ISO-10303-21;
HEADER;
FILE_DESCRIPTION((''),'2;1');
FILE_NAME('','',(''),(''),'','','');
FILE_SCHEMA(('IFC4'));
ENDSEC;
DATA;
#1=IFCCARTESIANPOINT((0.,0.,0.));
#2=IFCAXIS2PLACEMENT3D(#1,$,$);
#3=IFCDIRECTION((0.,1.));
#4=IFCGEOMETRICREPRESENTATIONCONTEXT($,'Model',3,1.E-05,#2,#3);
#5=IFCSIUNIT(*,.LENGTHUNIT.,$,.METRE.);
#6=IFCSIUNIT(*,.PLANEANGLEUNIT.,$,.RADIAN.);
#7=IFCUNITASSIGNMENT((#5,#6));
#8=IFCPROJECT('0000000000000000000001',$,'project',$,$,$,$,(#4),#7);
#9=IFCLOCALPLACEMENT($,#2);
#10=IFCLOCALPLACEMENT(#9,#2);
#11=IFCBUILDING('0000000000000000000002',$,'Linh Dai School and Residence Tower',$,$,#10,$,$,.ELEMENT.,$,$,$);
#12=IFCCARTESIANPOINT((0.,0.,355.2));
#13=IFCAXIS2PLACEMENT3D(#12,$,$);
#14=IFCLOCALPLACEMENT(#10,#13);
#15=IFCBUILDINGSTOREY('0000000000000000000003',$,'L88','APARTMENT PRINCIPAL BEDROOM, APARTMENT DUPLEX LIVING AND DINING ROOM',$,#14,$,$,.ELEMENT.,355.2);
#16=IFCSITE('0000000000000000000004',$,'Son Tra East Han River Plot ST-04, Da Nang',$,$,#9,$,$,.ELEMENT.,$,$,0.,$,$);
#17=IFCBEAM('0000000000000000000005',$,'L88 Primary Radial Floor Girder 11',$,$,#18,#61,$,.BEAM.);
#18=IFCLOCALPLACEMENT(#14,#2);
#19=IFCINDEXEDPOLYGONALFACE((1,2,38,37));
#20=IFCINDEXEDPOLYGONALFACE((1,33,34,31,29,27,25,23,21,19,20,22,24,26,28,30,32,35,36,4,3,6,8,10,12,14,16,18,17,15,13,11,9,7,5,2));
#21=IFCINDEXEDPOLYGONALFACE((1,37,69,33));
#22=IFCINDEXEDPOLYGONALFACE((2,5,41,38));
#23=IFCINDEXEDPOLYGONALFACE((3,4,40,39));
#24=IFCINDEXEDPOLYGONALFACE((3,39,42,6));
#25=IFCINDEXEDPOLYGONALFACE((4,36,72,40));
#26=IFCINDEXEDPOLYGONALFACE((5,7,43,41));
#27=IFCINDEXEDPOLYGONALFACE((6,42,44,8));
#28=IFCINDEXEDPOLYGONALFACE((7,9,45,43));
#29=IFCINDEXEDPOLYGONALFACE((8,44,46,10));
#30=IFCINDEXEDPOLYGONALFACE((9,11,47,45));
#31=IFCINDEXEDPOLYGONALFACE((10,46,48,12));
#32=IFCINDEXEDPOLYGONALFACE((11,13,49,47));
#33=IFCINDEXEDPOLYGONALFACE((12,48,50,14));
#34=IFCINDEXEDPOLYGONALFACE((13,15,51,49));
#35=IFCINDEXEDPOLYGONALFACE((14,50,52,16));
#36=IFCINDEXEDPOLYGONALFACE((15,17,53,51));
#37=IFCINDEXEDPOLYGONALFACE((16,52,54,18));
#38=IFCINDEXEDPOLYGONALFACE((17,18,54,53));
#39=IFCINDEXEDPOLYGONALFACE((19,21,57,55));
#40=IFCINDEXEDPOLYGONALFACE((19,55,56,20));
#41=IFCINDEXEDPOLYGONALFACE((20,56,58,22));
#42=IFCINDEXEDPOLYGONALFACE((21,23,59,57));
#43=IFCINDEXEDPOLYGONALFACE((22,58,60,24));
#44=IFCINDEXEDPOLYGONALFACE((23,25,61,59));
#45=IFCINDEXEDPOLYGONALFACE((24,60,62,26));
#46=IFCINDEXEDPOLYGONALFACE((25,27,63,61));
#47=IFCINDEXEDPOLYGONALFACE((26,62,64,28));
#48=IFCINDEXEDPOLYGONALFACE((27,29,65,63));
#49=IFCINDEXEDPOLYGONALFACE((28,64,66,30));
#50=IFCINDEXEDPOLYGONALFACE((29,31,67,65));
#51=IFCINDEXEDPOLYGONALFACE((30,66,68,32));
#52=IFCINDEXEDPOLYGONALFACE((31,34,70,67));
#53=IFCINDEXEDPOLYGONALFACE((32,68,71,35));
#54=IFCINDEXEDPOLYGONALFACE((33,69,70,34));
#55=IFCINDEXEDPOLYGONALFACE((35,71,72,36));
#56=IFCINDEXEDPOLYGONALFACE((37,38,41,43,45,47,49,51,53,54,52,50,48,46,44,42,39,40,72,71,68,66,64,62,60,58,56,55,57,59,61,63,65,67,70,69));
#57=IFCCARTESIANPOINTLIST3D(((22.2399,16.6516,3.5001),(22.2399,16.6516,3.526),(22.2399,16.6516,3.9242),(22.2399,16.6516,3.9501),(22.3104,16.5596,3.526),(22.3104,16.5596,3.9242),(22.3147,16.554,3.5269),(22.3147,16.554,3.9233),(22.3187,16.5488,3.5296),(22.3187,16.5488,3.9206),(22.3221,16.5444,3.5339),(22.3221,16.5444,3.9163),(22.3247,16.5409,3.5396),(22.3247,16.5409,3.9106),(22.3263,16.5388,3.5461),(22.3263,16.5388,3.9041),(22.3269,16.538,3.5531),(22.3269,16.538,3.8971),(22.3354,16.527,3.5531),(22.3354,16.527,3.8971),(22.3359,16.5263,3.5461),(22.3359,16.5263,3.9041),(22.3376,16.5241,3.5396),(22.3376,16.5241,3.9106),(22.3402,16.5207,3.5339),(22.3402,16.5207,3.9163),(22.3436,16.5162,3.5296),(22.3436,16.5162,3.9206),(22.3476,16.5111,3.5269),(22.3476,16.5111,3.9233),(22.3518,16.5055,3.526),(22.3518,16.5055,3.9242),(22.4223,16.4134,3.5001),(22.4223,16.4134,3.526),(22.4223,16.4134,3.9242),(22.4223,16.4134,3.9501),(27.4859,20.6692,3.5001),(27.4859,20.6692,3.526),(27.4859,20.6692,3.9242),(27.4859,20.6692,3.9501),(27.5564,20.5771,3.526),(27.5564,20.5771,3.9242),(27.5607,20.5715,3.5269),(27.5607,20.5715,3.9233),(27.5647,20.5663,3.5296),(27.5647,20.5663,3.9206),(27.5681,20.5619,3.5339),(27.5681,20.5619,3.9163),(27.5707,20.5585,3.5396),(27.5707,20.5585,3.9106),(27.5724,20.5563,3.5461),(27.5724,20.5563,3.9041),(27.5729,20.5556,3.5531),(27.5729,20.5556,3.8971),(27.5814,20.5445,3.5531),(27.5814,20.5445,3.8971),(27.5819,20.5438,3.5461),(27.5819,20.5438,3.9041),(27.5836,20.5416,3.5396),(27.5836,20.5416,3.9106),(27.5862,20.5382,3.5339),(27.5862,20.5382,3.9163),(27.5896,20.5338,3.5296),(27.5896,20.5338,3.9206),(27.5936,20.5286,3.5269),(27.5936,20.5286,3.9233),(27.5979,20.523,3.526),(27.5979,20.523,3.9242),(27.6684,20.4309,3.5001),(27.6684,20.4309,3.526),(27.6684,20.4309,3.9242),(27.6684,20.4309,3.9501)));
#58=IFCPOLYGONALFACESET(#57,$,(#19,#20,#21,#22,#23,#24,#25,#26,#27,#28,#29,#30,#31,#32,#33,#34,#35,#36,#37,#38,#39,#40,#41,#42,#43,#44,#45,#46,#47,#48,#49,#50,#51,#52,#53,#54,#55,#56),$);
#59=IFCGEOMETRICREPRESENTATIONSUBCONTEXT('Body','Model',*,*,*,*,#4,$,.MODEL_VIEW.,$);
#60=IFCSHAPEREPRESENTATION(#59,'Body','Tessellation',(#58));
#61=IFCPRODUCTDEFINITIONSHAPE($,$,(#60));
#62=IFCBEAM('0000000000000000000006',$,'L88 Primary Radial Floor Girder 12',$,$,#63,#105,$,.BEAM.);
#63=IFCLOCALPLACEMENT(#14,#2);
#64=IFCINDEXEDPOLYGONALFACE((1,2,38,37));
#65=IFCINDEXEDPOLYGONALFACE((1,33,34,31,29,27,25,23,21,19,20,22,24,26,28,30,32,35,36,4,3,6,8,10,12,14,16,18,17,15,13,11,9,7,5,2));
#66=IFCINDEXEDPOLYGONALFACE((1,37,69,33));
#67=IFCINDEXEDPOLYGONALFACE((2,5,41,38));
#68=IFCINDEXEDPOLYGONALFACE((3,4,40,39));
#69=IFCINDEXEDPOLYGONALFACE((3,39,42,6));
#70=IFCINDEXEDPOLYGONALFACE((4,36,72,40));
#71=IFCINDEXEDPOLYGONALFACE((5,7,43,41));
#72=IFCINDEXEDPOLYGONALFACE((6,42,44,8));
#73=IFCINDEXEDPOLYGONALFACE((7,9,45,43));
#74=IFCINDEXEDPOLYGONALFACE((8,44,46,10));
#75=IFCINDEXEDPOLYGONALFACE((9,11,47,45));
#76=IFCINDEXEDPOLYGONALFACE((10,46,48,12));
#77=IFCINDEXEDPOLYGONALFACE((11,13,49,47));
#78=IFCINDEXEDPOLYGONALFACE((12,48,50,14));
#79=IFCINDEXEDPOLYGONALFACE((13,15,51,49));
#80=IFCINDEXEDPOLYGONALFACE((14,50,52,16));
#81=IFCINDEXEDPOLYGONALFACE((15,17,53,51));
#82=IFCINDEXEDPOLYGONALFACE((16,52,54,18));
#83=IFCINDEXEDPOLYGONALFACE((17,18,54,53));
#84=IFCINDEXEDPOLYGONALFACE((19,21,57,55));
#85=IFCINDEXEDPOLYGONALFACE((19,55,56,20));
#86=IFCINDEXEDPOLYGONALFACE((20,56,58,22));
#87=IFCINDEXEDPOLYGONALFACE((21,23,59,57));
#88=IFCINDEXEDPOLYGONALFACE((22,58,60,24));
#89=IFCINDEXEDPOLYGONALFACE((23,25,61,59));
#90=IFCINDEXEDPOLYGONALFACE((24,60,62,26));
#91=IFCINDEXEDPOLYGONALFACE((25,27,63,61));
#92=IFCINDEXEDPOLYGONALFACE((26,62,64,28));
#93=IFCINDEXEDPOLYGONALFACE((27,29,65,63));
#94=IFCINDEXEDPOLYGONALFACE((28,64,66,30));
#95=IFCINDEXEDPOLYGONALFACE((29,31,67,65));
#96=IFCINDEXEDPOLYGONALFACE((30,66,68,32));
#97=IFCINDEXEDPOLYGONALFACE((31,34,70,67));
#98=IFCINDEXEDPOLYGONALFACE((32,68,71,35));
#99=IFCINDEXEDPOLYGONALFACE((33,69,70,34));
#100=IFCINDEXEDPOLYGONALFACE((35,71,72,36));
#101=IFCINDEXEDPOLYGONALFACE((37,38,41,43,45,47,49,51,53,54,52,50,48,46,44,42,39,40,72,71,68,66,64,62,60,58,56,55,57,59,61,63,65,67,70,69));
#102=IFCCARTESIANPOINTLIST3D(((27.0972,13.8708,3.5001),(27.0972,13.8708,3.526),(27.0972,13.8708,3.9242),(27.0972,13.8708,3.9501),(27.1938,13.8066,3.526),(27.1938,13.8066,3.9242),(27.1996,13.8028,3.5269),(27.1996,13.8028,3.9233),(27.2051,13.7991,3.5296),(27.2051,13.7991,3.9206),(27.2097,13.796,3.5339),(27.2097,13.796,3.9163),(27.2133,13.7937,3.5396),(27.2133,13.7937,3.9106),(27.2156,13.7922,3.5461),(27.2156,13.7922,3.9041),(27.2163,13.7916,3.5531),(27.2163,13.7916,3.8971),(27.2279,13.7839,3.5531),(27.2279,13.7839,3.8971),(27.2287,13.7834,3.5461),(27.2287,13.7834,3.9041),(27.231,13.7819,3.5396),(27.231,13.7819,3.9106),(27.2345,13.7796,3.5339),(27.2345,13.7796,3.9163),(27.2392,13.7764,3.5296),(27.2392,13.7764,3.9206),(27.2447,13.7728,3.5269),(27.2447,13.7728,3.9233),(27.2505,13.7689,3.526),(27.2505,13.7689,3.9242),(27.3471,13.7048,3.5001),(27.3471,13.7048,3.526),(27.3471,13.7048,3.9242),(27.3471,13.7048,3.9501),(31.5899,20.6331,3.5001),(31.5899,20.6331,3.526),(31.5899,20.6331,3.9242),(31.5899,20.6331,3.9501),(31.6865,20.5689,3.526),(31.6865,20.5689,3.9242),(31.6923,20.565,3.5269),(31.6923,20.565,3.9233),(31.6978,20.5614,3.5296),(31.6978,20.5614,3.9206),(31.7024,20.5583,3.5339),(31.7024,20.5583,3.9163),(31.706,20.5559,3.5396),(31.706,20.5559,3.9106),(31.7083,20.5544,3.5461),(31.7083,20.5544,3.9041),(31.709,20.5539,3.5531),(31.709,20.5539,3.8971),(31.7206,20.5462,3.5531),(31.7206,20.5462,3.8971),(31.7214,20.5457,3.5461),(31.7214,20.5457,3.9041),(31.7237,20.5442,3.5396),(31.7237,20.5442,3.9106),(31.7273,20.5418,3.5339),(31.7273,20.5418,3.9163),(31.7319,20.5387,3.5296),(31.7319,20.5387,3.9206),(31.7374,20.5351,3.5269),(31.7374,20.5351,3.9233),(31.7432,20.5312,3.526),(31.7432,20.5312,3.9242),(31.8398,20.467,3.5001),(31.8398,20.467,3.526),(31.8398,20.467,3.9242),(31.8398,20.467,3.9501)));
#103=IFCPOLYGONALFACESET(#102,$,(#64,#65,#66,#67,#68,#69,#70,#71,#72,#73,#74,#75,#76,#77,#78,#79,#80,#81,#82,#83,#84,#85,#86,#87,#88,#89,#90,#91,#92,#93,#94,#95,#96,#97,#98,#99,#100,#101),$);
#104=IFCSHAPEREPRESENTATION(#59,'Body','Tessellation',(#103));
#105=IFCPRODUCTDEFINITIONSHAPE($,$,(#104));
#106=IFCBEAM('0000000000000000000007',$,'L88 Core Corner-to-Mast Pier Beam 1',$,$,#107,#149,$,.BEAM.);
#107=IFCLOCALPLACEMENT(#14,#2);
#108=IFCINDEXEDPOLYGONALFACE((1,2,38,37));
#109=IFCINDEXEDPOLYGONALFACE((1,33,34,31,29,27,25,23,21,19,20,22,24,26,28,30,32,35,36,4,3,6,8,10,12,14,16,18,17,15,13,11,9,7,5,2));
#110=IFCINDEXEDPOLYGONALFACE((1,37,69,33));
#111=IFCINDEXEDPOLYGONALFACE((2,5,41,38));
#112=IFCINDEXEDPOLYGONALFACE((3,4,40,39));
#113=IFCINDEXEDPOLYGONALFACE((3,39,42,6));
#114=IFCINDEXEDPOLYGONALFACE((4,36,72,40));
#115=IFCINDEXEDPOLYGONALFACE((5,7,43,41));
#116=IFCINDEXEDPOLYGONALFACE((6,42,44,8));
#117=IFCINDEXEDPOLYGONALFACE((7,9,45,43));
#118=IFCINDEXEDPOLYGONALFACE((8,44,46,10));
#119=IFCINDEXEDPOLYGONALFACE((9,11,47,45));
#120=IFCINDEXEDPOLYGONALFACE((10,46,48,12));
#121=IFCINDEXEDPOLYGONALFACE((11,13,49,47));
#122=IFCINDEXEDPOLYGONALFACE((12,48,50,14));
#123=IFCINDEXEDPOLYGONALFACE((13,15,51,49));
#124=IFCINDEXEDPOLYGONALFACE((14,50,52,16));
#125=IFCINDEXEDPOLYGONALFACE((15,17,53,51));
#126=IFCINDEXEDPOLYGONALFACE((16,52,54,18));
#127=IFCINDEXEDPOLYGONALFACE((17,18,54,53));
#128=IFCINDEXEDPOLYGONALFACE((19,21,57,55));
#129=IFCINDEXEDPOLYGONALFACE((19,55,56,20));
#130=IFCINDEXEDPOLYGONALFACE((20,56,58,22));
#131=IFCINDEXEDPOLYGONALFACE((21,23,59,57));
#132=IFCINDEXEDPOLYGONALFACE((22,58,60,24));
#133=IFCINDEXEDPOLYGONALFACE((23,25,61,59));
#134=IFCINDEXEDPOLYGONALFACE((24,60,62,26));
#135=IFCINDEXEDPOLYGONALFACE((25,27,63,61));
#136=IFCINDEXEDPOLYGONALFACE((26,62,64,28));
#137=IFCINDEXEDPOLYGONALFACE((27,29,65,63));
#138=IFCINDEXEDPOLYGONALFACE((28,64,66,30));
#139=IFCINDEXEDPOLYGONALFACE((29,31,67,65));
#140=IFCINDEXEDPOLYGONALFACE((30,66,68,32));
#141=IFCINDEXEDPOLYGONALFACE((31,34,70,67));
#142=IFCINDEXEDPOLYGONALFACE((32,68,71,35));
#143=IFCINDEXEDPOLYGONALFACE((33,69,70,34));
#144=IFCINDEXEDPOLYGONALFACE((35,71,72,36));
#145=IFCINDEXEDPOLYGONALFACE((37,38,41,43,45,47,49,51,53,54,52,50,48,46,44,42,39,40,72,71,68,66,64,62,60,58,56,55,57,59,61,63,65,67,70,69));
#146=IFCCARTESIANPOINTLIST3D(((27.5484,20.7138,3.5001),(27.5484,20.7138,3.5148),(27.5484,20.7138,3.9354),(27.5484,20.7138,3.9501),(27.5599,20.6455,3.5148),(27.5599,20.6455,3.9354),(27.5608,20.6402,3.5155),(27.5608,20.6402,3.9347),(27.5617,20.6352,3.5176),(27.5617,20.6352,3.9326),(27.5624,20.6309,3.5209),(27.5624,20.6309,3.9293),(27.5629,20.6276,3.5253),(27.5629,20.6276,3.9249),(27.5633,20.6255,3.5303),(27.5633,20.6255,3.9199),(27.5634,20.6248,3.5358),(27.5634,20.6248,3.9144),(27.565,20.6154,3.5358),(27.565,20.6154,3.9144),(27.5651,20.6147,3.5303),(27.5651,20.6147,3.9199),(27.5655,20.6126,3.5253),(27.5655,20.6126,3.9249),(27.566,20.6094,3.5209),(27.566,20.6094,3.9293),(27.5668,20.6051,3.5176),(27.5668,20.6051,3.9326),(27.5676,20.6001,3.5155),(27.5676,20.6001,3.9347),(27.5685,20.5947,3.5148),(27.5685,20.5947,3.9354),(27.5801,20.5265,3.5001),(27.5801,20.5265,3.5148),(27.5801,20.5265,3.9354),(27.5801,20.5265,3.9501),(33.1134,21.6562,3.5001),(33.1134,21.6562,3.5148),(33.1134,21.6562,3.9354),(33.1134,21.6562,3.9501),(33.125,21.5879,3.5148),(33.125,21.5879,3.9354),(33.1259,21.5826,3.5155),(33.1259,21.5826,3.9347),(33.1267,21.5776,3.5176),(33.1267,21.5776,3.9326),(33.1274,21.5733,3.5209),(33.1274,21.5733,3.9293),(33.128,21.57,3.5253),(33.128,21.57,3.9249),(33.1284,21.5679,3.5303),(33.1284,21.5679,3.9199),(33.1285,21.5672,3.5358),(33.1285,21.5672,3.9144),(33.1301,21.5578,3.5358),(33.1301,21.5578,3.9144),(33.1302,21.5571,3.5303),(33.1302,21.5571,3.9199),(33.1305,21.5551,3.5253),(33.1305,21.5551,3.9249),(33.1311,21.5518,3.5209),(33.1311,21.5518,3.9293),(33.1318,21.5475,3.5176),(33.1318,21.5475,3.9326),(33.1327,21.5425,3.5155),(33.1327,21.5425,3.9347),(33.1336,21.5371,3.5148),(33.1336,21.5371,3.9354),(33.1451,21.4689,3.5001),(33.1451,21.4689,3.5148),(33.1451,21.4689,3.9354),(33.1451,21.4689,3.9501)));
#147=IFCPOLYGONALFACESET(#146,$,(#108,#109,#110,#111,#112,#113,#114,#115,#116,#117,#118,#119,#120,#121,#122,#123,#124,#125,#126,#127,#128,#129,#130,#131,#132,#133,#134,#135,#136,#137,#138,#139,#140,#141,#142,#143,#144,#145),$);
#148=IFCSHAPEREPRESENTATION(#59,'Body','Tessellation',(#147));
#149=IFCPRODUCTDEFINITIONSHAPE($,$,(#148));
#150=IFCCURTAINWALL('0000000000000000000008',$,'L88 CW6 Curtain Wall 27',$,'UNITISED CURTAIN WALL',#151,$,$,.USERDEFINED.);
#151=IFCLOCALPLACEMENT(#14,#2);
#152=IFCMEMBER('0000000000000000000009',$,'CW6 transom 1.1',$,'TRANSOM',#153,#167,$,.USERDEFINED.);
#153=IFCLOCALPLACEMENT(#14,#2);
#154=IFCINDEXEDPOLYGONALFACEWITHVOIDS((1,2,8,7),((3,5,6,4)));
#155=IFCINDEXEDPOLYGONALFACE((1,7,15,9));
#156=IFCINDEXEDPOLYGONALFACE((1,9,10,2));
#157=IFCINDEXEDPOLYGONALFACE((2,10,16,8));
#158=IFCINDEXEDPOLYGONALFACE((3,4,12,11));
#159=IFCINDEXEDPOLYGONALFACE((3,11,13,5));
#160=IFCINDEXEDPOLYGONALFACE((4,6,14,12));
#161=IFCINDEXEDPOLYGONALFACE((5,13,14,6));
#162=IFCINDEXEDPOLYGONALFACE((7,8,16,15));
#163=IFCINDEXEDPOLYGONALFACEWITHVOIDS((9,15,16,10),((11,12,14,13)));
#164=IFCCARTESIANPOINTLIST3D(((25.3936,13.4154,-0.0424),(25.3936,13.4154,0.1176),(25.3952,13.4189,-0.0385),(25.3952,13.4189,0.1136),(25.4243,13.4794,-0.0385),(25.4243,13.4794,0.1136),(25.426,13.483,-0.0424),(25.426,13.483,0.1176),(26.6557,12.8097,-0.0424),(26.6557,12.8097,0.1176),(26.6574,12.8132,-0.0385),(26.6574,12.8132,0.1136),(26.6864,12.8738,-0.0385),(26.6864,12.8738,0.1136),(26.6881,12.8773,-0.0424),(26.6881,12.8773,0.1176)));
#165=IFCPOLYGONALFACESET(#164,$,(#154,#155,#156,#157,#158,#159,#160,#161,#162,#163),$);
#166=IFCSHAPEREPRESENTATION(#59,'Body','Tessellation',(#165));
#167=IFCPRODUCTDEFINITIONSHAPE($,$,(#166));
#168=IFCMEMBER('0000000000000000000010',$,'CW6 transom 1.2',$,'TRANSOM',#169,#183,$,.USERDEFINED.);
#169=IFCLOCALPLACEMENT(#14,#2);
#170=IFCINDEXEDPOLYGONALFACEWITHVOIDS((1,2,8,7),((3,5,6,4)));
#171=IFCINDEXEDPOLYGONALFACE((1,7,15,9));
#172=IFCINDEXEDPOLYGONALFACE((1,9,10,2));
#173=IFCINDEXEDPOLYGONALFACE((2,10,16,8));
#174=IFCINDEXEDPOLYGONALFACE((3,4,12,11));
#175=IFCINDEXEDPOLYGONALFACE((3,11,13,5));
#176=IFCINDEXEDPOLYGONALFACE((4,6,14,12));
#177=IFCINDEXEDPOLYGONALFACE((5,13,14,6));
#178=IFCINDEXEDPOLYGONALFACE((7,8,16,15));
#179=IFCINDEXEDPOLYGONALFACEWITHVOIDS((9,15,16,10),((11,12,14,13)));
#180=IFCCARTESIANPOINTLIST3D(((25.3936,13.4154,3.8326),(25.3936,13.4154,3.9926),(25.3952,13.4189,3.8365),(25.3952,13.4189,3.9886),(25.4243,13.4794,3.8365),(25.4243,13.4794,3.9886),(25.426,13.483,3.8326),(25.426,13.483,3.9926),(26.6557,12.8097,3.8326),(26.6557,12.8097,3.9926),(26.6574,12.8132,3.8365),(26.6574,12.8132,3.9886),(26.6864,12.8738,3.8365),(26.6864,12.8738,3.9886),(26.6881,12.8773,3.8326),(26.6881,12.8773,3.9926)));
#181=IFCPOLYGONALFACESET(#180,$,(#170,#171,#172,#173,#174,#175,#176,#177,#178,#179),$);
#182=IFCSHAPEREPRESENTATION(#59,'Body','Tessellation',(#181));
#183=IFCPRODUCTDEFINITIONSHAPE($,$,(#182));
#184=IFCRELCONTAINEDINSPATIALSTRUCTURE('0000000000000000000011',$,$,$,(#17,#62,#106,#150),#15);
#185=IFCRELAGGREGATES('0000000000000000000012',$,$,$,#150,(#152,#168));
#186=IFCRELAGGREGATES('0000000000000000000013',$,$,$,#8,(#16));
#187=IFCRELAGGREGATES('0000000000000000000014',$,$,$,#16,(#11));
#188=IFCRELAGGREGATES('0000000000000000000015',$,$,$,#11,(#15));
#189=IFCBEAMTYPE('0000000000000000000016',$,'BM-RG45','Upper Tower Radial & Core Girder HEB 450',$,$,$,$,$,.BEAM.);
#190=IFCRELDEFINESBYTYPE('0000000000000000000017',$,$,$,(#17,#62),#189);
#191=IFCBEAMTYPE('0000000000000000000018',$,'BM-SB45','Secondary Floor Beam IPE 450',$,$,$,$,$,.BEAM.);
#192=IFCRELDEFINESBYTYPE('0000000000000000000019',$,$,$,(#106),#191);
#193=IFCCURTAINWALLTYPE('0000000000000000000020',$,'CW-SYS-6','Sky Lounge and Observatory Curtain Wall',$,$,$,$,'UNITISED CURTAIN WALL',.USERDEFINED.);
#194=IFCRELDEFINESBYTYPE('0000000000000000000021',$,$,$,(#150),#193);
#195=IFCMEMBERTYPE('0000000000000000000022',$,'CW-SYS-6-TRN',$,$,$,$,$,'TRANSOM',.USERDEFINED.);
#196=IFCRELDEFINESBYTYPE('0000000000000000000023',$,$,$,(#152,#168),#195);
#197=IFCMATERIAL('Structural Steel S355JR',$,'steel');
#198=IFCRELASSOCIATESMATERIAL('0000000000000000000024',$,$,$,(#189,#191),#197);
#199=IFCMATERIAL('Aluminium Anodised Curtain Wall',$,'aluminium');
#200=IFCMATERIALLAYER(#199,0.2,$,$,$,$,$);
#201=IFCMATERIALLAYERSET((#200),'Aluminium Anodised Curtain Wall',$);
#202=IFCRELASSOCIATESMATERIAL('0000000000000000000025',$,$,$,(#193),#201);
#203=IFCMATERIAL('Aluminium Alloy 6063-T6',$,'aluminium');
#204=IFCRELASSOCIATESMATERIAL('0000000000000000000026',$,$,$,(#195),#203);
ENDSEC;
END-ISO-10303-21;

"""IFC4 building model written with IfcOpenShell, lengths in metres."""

from ifc_helpers import new_model, si_unit, direction, frame, origin, origin_2d, place, context, subcontext, project, spatial, hollow_rectangle, i_section, extrude, source, transform, mapped, material, layer, layer_set, material_profile, profile_set, type_object, element, aggregate, save


model = new_model("IFC4")

# Units and contexts
model_context = context("Model", 3, precision=1e-05, world=origin(), true_north=direction((0.0, 1.0)))
body_context = subcontext(model_context, "Body", "Model", "MODEL_VIEW")
ifc_project = project(units=[si_unit("LENGTHUNIT", "METRE"), si_unit("PLANEANGLEUNIT", "RADIAN")], contexts=[model_context])

# Site, building, storey
site_placement = place(None, origin())
site = spatial("IfcSite", under=ifc_project, at=site_placement, Name="Son Tra East Han River Plot ST-04, Da Nang", CompositionType="ELEMENT", RefElevation=0.0)
building_placement = place(site_placement, origin())
building = spatial("IfcBuilding", under=site, at=building_placement, Name="Linh Dai School and Residence Tower", CompositionType="ELEMENT")
storey_placement = place(building_placement, frame((0.0, 0.0, 355.2)))
storey = spatial("IfcBuildingStorey", under=building, at=storey_placement, Name="L88", Description="APARTMENT PRINCIPAL BEDROOM, APARTMENT DUPLEX LIVING AND DINING ROOM", CompositionType="ELEMENT", Elevation=355.2)

# Shared definitions
ifc_material_1 = material(Name="Structural Steel S355JR", Category="steel")

# Beams
ifc_material_profile_1 = material_profile(ifc_material_1, i_section(OverallWidth=0.3, OverallDepth=0.45, WebThickness=0.0139, FlangeThickness=0.0259, FilletRadius=0.0271, at=origin_2d()), Name="HEB 450")
ifc_profile_set_1 = profile_set([ifc_material_profile_1], Name="Structural Steel S355JR")
beam_type_1 = type_object("IfcBeamType", Name="BM-RG45", Description="Upper Tower Radial & Core Girder HEB 450", PredefinedType="BEAM", material=ifc_profile_set_1)
beam_1_placement = place(storey_placement, frame((27.5771, 20.55, 3.7251), z_axis=(-0.79393, -0.608009, 0.0), x_axis=(0.608009, -0.79393, 0.0)))
element("IfcBeam", 1, at=beam_1_placement, inside=storey, type_object=beam_type_1, Name="L88 Primary Radial Floor Girder 11", PredefinedType="BEAM", context=body_context, shape_type="SweptSolid", body=[
    extrude(i_section(OverallWidth=0.3, OverallDepth=0.45, WebThickness=0.0139, FlangeThickness=0.0259, FilletRadius=0.0271, at=origin_2d()), origin(), (0.0, 0.0, 1.0), 6.6077),
])
beam_2_placement = place(storey_placement, frame((31.7148, 20.55, 3.7251), z_axis=(-0.553381, -0.832928, 0.0), x_axis=(0.832928, -0.553381, 0.0)))
element("IfcBeam", 2, at=beam_2_placement, inside=storey, type_object=beam_type_1, Name="L88 Primary Radial Floor Girder 12", PredefinedType="BEAM", context=body_context, shape_type="SweptSolid", body=[
    extrude(i_section(OverallWidth=0.3, OverallDepth=0.45, WebThickness=0.0139, FlangeThickness=0.0259, FilletRadius=0.0271, at=origin_2d()), origin(), (0.0, 0.0, 1.0), 8.1187),
])
ifc_material_profile_2 = material_profile(ifc_material_1, i_section(OverallWidth=0.1899, OverallDepth=0.45, WebThickness=0.0095, FlangeThickness=0.0146, FilletRadius=0.021, at=origin_2d()), Name="IPE 450")
ifc_profile_set_2 = profile_set([ifc_material_profile_2], Name="Structural Steel S355JR")
beam_type_2 = type_object("IfcBeamType", Name="BM-SB45", Description="Secondary Floor Beam IPE 450", PredefinedType="BEAM", material=ifc_profile_set_2)
beam_3_placement = place(storey_placement, frame((27.5642, 20.6201, 3.7251), z_axis=(0.985963, 0.166966, 0.0), x_axis=(-0.166966, 0.985963, 0.0)))
element("IfcBeam", 3, at=beam_3_placement, inside=storey, type_object=beam_type_2, Name="L88 Core Corner-to-Mast Pier Beam 1", PredefinedType="BEAM", context=body_context, shape_type="SweptSolid", body=[
    extrude(i_section(OverallWidth=0.1899, OverallDepth=0.45, WebThickness=0.0095, FlangeThickness=0.0146, FilletRadius=0.021, at=origin_2d()), origin(), (0.0, 0.0, 1.0), 5.6443),
])

# Curtain wall, members
ifc_material_2 = material(Name="Aluminium Anodised Curtain Wall", Category="aluminium")
ifc_layer_1 = layer(ifc_material_2, 0.2)
ifc_layer_set_1 = layer_set([ifc_layer_1], Name="Aluminium Anodised Curtain Wall")
curtain_wall_type = type_object("IfcCurtainWallType", Name="CW-SYS-6", Description="Sky Lounge and Observatory Curtain Wall", ElementType="UNITISED CURTAIN WALL", PredefinedType="USERDEFINED", material=ifc_layer_set_1)
curtain_wall_placement = place(storey_placement, origin())
curtain_wall = element("IfcCurtainWall", 4, at=curtain_wall_placement, inside=storey, type_object=curtain_wall_type, Name="L88 CW6 Curtain Wall 27", ObjectType="UNITISED CURTAIN WALL", PredefinedType="USERDEFINED")
ifc_material_3 = material(Name="Aluminium Alloy 6063-T6", Category="aluminium")
ifc_material_profile_3 = material_profile(ifc_material_3, hollow_rectangle(XDim=0.075, YDim=0.1599, WallThickness=0.0039, at=origin_2d()), Name="RHS 160x75x4")
ifc_profile_set_3 = profile_set([ifc_material_profile_3], Name="Aluminium Alloy 6063-T6")
member_type_1 = type_object("IfcMemberType", Name="CW-SYS-6-TRN", ElementType="TRANSOM", PredefinedType="USERDEFINED", material=ifc_profile_set_3)
shared_shape_1 = source(origin(), body_context, "Body", "SweptSolid", [
    extrude(hollow_rectangle(XDim=0.075, YDim=0.1599, WallThickness=0.0039, at=origin_2d()), origin(), (0.0, 0.0, 1.0), 1.3999),
])
member_1_placement = place(storey_placement, frame((26.6719, 12.8435, 0.0376), z_axis=(-0.901564, 0.432646, 0.0), x_axis=(-0.432646, -0.901564, 0.0)))
member_1 = element("IfcMember", 5, at=member_1_placement, type_object=member_type_1, Name="CW6 transom 1.1", ObjectType="TRANSOM", PredefinedType="USERDEFINED", context=body_context, shape_type="MappedRepresentation", body=[
    mapped(shared_shape_1, transform((0.0, 0.0, 0.0), x_axis=(1.0, 0.0, 0.0), y_axis=(0.0, 1.0, 0.0), z_axis=(0.0, 0.0, 1.0), scale=1.0)),
])
member_2_placement = place(storey_placement, frame((26.6719, 12.8435, 3.9126), z_axis=(-0.901564, 0.432646, 0.0), x_axis=(-0.432646, -0.901564, 0.0)))
member_2 = element("IfcMember", 6, at=member_2_placement, type_object=member_type_1, Name="CW6 transom 1.2", ObjectType="TRANSOM", PredefinedType="USERDEFINED", context=body_context, shape_type="MappedRepresentation", body=[
    mapped(shared_shape_1, transform((0.0, 0.0, 0.0), x_axis=(1.0, 0.0, 0.0), y_axis=(0.0, 1.0, 0.0), z_axis=(0.0, 0.0, 1.0), scale=1.0)),
])
aggregate(curtain_wall, [member_1, member_2])

save(model, "model.ifc")
